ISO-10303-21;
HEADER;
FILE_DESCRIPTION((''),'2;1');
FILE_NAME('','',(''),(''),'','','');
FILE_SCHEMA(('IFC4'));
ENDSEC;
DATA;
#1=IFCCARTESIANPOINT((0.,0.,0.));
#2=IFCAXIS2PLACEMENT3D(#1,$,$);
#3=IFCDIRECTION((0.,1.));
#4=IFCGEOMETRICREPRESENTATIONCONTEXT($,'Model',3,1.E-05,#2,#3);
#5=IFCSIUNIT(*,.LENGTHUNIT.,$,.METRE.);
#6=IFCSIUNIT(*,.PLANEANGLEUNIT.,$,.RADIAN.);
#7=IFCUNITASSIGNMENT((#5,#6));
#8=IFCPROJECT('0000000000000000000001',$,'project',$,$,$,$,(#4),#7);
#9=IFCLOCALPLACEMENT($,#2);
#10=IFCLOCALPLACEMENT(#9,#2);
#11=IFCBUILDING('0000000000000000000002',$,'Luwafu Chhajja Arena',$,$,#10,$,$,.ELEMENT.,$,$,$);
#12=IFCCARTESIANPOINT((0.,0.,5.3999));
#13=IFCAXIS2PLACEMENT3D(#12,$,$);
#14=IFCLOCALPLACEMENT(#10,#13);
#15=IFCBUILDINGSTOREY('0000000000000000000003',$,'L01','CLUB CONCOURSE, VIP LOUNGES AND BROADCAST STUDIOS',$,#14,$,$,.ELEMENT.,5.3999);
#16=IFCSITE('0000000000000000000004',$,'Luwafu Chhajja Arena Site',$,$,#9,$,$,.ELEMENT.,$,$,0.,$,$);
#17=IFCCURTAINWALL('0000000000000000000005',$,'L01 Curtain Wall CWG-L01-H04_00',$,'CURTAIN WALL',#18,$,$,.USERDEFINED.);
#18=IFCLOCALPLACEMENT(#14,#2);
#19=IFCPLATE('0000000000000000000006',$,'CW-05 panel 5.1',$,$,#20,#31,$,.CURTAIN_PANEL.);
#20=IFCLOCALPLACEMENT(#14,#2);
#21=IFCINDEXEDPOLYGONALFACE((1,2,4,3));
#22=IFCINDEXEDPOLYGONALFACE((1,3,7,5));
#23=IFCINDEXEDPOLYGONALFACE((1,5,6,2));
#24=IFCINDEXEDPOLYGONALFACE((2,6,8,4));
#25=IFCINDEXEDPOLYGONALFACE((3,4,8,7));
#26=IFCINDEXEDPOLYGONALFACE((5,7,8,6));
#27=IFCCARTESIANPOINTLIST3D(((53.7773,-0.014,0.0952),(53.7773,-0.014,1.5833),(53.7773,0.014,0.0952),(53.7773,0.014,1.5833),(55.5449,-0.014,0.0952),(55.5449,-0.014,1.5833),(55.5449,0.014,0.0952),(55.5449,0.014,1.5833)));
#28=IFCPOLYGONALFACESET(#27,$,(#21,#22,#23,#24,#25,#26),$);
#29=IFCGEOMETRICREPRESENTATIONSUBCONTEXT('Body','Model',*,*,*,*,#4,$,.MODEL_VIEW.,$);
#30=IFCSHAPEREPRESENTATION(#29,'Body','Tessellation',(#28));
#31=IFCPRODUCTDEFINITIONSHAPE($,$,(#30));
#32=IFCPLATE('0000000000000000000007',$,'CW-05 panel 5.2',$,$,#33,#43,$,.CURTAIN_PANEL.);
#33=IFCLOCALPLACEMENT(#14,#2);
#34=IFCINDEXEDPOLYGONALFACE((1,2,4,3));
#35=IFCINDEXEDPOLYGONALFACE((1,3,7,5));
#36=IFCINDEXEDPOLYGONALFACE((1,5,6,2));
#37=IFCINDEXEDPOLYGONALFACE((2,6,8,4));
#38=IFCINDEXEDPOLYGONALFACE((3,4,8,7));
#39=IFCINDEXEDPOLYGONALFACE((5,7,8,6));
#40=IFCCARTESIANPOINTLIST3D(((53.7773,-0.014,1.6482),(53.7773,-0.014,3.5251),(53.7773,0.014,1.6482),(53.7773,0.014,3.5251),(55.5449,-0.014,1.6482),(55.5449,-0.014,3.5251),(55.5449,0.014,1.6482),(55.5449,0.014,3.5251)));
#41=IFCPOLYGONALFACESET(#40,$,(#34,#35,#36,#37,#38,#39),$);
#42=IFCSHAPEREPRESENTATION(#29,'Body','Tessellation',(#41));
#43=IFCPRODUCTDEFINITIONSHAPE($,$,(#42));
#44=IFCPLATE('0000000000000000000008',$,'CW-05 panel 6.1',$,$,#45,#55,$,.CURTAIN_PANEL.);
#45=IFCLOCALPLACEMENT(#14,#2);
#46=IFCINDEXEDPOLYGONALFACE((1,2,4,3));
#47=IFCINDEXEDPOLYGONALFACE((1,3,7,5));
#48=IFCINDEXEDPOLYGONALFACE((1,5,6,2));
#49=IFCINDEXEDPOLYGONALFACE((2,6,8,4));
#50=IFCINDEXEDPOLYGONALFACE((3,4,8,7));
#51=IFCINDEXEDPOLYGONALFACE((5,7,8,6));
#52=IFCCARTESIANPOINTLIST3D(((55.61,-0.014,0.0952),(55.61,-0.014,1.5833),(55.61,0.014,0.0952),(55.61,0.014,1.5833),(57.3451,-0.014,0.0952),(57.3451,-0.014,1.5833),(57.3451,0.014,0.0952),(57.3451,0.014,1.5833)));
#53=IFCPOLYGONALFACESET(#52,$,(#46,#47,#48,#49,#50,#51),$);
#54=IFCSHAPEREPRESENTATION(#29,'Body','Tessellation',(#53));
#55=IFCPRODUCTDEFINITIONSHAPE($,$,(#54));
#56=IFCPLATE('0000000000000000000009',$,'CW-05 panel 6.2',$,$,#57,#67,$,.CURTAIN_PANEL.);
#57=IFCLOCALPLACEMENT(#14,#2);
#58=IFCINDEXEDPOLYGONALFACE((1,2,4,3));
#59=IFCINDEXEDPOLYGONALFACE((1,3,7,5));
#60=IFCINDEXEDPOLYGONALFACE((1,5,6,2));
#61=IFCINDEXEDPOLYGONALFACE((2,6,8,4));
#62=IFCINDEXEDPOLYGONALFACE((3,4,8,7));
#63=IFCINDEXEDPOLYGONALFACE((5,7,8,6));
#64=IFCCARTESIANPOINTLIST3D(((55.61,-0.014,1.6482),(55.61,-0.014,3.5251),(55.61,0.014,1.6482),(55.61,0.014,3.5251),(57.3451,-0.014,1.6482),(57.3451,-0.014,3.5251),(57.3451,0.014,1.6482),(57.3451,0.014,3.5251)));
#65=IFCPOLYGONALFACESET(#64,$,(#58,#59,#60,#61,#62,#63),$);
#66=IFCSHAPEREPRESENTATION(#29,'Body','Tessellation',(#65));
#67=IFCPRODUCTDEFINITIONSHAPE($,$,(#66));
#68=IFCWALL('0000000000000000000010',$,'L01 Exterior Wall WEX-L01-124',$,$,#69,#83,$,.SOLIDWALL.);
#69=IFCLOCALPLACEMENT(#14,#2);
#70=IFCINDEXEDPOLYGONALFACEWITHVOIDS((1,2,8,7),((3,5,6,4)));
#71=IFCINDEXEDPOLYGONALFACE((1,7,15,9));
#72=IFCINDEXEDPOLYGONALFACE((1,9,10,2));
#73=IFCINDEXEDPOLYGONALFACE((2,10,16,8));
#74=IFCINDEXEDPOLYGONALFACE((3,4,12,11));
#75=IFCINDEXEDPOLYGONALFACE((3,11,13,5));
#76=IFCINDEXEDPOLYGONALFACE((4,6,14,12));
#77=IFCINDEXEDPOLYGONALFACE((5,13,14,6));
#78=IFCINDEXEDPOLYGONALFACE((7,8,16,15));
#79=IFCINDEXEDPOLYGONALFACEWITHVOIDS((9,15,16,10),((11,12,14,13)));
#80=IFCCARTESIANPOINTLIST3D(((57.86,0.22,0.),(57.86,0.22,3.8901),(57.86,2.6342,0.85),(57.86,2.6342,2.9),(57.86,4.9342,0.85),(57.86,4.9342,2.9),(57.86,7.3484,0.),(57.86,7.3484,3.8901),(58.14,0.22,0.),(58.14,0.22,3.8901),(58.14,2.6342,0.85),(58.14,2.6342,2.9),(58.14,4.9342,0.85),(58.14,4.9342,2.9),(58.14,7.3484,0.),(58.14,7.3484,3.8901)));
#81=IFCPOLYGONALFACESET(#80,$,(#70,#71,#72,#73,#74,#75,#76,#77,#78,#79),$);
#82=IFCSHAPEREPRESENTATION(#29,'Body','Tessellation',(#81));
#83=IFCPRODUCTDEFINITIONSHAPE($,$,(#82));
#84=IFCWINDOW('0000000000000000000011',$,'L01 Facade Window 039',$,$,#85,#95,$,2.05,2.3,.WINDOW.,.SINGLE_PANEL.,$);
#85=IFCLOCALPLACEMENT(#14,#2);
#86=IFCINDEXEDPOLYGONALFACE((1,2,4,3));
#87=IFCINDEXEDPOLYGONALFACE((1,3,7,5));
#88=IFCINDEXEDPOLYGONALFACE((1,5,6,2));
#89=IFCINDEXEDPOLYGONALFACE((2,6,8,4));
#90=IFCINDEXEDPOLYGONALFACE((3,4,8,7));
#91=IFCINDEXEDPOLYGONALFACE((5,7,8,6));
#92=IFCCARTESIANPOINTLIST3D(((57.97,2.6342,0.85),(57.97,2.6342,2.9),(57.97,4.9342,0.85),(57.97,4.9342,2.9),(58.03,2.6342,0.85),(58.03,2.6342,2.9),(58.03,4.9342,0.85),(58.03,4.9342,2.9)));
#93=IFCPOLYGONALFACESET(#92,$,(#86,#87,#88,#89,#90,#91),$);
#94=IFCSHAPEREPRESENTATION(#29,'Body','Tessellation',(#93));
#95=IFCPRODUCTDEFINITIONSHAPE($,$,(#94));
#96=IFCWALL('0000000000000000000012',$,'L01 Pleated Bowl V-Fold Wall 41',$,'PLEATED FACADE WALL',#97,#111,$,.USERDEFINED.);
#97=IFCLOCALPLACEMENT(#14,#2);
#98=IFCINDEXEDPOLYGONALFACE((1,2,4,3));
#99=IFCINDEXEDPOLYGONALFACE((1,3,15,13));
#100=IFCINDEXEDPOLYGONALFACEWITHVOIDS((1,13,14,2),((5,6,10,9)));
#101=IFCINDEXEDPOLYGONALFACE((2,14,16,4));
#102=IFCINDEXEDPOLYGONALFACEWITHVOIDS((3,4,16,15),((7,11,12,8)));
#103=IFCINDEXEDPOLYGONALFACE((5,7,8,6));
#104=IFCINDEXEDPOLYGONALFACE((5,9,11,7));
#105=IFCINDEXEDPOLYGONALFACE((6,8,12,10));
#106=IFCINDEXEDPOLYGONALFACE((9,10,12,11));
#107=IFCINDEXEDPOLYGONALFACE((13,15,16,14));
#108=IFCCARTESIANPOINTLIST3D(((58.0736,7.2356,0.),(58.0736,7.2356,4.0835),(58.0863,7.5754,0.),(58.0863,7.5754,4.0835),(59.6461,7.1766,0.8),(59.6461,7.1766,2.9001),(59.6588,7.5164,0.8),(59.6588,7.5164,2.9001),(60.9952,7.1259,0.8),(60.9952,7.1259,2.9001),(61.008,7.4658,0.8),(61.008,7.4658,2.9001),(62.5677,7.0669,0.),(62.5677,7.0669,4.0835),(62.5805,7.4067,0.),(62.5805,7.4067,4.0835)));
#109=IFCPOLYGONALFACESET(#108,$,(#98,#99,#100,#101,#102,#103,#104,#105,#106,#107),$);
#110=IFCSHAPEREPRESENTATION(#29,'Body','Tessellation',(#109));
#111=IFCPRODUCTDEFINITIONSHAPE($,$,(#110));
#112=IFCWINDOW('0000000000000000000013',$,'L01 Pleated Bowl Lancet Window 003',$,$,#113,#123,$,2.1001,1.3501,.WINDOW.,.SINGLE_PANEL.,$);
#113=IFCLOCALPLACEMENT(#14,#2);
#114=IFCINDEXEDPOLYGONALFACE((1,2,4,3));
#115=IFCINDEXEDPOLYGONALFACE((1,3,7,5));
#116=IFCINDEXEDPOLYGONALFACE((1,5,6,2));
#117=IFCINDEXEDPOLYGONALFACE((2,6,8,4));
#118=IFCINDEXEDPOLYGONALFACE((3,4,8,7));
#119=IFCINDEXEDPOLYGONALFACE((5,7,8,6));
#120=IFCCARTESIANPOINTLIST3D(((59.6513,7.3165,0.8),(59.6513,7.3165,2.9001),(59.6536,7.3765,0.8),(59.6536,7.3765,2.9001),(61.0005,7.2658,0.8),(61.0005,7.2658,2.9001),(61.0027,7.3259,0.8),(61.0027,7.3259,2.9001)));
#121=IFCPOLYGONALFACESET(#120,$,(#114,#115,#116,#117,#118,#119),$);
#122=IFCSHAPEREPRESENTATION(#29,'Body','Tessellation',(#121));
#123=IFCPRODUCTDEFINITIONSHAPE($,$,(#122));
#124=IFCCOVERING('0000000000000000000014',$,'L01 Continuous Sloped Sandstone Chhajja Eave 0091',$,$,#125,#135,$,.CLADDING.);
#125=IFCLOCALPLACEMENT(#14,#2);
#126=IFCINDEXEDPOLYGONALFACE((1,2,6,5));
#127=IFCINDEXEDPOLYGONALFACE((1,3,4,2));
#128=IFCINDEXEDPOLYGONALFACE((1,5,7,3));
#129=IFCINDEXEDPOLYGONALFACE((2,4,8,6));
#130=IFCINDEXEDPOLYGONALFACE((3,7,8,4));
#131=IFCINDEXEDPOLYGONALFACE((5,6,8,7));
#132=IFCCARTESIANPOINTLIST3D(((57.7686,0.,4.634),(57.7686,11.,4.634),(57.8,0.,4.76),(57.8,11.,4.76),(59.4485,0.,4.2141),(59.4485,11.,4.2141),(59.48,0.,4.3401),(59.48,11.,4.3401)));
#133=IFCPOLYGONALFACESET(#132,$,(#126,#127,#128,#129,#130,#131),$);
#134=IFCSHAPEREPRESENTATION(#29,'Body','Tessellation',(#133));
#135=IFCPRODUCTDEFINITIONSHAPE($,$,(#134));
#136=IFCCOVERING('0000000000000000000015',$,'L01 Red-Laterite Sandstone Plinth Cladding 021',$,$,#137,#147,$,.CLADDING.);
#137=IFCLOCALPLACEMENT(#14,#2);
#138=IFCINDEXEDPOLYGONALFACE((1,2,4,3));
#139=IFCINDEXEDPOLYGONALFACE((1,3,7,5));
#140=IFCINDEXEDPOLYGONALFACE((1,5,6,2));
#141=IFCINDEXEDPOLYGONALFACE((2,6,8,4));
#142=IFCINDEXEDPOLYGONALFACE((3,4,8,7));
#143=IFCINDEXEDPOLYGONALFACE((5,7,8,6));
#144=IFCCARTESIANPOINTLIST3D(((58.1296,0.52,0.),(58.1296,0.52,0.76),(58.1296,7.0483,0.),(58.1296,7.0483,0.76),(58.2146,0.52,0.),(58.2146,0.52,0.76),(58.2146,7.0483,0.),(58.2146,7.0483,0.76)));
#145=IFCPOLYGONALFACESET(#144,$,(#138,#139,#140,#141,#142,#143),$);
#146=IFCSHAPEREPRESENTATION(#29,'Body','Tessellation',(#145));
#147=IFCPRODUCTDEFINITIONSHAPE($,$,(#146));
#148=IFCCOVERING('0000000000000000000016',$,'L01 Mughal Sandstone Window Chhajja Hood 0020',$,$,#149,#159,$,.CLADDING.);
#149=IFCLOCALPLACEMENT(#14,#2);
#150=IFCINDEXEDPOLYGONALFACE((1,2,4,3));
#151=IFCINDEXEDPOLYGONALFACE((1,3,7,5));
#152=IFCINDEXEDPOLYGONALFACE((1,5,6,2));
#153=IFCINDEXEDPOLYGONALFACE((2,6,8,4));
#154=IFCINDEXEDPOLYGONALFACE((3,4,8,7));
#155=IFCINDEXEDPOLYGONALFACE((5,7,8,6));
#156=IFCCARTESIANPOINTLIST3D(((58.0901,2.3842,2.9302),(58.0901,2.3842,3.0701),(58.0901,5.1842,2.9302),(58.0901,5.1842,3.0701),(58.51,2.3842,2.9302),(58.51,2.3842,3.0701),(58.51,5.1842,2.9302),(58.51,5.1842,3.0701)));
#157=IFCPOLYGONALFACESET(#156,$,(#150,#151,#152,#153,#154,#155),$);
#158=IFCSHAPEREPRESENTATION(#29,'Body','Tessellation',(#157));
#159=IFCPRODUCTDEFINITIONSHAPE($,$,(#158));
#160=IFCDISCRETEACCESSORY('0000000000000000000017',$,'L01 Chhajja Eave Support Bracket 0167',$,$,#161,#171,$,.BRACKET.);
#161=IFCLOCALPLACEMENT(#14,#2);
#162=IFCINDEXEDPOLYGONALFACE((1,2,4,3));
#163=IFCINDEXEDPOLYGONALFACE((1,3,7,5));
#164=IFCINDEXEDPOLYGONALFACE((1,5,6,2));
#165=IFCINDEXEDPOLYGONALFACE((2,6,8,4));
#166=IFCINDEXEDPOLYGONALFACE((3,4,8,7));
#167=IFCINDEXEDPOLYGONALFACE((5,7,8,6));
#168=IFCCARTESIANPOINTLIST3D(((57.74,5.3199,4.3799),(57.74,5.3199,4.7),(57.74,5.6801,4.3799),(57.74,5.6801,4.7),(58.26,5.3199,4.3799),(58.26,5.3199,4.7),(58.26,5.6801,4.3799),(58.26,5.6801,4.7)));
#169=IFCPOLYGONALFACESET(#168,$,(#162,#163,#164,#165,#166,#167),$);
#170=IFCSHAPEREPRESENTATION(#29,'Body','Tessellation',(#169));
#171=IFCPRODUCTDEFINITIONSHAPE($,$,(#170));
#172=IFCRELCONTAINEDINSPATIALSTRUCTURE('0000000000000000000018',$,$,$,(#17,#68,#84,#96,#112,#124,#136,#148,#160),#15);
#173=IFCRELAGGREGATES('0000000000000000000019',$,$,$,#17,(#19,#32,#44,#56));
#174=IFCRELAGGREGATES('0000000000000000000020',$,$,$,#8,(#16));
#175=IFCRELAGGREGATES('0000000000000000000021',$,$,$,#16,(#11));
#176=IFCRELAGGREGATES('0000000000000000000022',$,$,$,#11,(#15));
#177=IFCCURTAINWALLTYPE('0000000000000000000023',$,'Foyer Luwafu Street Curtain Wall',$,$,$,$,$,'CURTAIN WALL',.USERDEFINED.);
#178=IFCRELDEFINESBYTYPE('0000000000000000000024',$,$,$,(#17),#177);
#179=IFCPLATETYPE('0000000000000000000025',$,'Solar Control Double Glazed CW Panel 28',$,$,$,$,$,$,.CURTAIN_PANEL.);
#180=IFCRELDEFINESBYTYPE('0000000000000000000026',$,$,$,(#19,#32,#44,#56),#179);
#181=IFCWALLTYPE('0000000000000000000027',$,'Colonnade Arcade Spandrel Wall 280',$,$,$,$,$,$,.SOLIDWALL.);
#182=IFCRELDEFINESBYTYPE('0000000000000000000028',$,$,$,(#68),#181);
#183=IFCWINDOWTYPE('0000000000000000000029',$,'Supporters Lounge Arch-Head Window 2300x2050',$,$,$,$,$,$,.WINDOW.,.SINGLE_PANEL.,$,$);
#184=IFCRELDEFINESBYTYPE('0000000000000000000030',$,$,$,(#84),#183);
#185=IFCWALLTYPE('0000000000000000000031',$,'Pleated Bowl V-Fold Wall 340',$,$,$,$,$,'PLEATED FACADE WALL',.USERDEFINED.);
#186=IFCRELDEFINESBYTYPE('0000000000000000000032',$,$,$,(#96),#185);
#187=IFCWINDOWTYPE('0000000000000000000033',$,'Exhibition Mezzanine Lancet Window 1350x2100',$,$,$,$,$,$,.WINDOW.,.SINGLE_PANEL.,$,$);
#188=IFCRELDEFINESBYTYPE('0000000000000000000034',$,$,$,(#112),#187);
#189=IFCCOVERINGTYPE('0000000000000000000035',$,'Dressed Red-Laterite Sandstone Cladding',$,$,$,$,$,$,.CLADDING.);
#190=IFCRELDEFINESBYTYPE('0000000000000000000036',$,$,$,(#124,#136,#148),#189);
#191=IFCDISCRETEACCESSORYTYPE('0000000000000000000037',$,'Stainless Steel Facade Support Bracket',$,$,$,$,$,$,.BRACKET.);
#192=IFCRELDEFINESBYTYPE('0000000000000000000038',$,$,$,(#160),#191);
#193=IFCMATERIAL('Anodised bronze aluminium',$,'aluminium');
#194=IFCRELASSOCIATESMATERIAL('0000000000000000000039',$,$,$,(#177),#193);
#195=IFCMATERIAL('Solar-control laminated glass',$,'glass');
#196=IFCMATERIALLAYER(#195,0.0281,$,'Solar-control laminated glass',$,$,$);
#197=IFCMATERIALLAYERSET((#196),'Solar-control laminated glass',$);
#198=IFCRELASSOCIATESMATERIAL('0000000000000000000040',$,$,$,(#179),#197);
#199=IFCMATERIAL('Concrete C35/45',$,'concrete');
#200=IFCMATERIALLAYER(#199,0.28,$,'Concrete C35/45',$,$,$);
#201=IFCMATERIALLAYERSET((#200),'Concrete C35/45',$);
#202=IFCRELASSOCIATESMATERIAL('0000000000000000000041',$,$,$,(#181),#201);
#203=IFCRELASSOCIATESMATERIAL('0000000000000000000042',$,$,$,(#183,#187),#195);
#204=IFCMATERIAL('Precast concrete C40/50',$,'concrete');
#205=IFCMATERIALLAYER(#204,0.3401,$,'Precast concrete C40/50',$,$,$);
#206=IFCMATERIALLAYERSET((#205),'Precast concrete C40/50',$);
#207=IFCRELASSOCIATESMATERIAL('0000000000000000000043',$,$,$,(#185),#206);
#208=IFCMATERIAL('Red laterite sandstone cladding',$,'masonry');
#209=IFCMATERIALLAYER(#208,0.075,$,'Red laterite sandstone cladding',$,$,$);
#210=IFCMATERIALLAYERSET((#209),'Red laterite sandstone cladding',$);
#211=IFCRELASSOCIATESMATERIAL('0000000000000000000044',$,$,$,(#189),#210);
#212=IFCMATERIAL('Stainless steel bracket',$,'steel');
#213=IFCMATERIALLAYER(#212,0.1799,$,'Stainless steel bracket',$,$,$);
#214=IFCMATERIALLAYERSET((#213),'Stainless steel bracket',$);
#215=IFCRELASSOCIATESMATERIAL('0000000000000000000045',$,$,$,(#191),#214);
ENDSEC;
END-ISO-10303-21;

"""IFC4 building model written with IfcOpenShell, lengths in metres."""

from ifc_helpers import new_model, si_unit, direction, frame, frame_2d, origin, origin_2d, place, context, subcontext, project, spatial, polyline, rectangle, outline, extrude, material, layer, layer_set, type_object, element, fill, aggregate, save


model = new_model("IFC4")

# Units and contexts
model_context = context("Model", 3, precision=1e-05, world=origin(), true_north=direction((0.0, 1.0)))
body_context = subcontext(model_context, "Body", "Model", "MODEL_VIEW")
ifc_project = project(units=[si_unit("LENGTHUNIT", "METRE"), si_unit("PLANEANGLEUNIT", "RADIAN")], contexts=[model_context])

# Site, building, storey
site_placement = place(None, origin())
site = spatial("IfcSite", under=ifc_project, at=site_placement, Name="Luwafu Chhajja Arena Site", CompositionType="ELEMENT", RefElevation=0.0)
building_placement = place(site_placement, origin())
building = spatial("IfcBuilding", under=site, at=building_placement, Name="Luwafu Chhajja Arena", CompositionType="ELEMENT")
storey_placement = place(building_placement, frame((0.0, 0.0, 5.3999)))
storey = spatial("IfcBuildingStorey", under=building, at=storey_placement, Name="L01", Description="CLUB CONCOURSE, VIP LOUNGES AND BROADCAST STUDIOS", CompositionType="ELEMENT", Elevation=5.3999)

# Shared definitions
ifc_material_1 = material(Name="Concrete C35/45", Category="concrete")

# Curtain wall
ifc_material_2 = material(Name="Anodised bronze aluminium", Category="aluminium")
curtain_wall_type = type_object("IfcCurtainWallType", Name="Foyer Luwafu Street Curtain Wall", ElementType="CURTAIN WALL", PredefinedType="USERDEFINED", material=ifc_material_2)
curtain_wall_placement = place(storey_placement, origin())
curtain_wall = element("IfcCurtainWall", 1, at=curtain_wall_placement, inside=storey, type_object=curtain_wall_type, Name="L01 Curtain Wall CWG-L01-H04_00", ObjectType="CURTAIN WALL", PredefinedType="USERDEFINED")

# Plates
ifc_material_3 = material(Name="Solar-control laminated glass", Category="glass")
ifc_layer_1 = layer(ifc_material_3, 0.0281, Name="Solar-control laminated glass")
ifc_layer_set_1 = layer_set([ifc_layer_1], Name="Solar-control laminated glass")
plate_type = type_object("IfcPlateType", Name="Solar Control Double Glazed CW Panel 28", PredefinedType="CURTAIN_PANEL", material=ifc_layer_set_1)
plate_1_placement = place(storey_placement, frame((54.6611, 0.0, 0.0952), z_axis=(0.0, 0.0, 1.0), x_axis=(1.0, 0.0, 0.0)))
plate_1 = element("IfcPlate", 2, at=plate_1_placement, type_object=plate_type, Name="CW-05 panel 5.1", PredefinedType="CURTAIN_PANEL", context=body_context, shape_type="SweptSolid", body=[
    extrude(rectangle(XDim=1.7676, YDim=0.0281, at=origin_2d()), origin(), (0.0, 0.0, 1.0), 1.488),
])
plate_2_placement = place(storey_placement, frame((54.6611, 0.0, 1.6482), z_axis=(0.0, 0.0, 1.0), x_axis=(1.0, 0.0, 0.0)))
plate_2 = element("IfcPlate", 3, at=plate_2_placement, type_object=plate_type, Name="CW-05 panel 5.2", PredefinedType="CURTAIN_PANEL", context=body_context, shape_type="SweptSolid", body=[
    extrude(rectangle(XDim=1.7676, YDim=0.0281, at=origin_2d()), origin(), (0.0, 0.0, 1.0), 1.877),
])
plate_3_placement = place(storey_placement, frame((56.4775, 0.0, 0.0952), z_axis=(0.0, 0.0, 1.0), x_axis=(1.0, 0.0, 0.0)))
plate_3 = element("IfcPlate", 4, at=plate_3_placement, type_object=plate_type, Name="CW-05 panel 6.1", PredefinedType="CURTAIN_PANEL", context=body_context, shape_type="SweptSolid", body=[
    extrude(rectangle(XDim=1.7351, YDim=0.0281, at=origin_2d()), origin(), (0.0, 0.0, 1.0), 1.488),
])
plate_4_placement = place(storey_placement, frame((56.4775, 0.0, 1.6482), z_axis=(0.0, 0.0, 1.0), x_axis=(1.0, 0.0, 0.0)))
plate_4 = element("IfcPlate", 5, at=plate_4_placement, type_object=plate_type, Name="CW-05 panel 6.2", PredefinedType="CURTAIN_PANEL", context=body_context, shape_type="SweptSolid", body=[
    extrude(rectangle(XDim=1.7351, YDim=0.0281, at=origin_2d()), origin(), (0.0, 0.0, 1.0), 1.877),
])
aggregate(curtain_wall, [plate_1, plate_2, plate_3, plate_4])

# Walls, openings, windows
ifc_layer_2 = layer(ifc_material_1, 0.28, Name="Concrete C35/45")
ifc_layer_set_2 = layer_set([ifc_layer_2], Name="Concrete C35/45")
wall_type_1 = type_object("IfcWallType", Name="Colonnade Arcade Spandrel Wall 280", PredefinedType="SOLIDWALL", material=ifc_layer_set_2)
wall_1_placement = place(storey_placement, frame((58.0, 0.22, 0.0), z_axis=(0.0, 0.0, 1.0), x_axis=(0.0, 1.0, 0.0)))
wall_1 = element("IfcWall", 6, at=wall_1_placement, inside=storey, type_object=wall_type_1, Name="L01 Exterior Wall WEX-L01-124", PredefinedType="SOLIDWALL", context=body_context, shape_type="SweptSolid", body=[
    extrude(rectangle(XDim=7.1284, YDim=0.28, at=frame_2d((3.5642, 0.0))), origin(), (0.0, 0.0, 1.0), 3.8901),
])
opening_1_placement = place(wall_1_placement, frame((2.4143, 0.0, 0.8501)))
opening_1 = element("IfcOpeningElement", 7, at=opening_1_placement, cuts=wall_1, PredefinedType="OPENING", context=body_context, shape_type="SweptSolid", body=[
    extrude(rectangle(XDim=2.3, YDim=2.05, at=frame_2d((1.1499, 1.0249))), frame((0.0, 0.1499, 0.0), z_axis=(0.0, -1.0, 0.0), x_axis=(1.0, 0.0, 0.0)), (0.0, 0.0, 1.0), 0.3),
])
window_type_1 = type_object("IfcWindowType", Name="Supporters Lounge Arch-Head Window 2300x2050", PartitioningType="SINGLE_PANEL", PredefinedType="WINDOW", material=ifc_material_3)
window_1_placement = place(opening_1_placement, origin())
window_1 = element("IfcWindow", 8, at=window_1_placement, inside=storey, type_object=window_type_1, Name="L01 Facade Window 039", OverallHeight=2.05, OverallWidth=2.3, PartitioningType="SINGLE_PANEL", PredefinedType="WINDOW", context=body_context, shape_type="SweptSolid", body=[
    extrude(rectangle(XDim=2.3, YDim=2.05, at=frame_2d((1.1499, 1.0249))), frame((0.0, 0.03, 0.0), z_axis=(0.0, -1.0, 0.0), x_axis=(1.0, 0.0, 0.0)), (0.0, 0.0, 1.0), 0.0601),
])
fill(opening_1, window_1)
ifc_material_4 = material(Name="Precast concrete C40/50", Category="concrete")
ifc_layer_3 = layer(ifc_material_4, 0.3401, Name="Precast concrete C40/50")
ifc_layer_set_3 = layer_set([ifc_layer_3], Name="Precast concrete C40/50")
wall_type_2 = type_object("IfcWallType", Name="Pleated Bowl V-Fold Wall 340", ElementType="PLEATED FACADE WALL", PredefinedType="USERDEFINED", material=ifc_layer_set_3)
wall_2_placement = place(storey_placement, frame((58.0801, 7.4055, 0.0), z_axis=(0.0, 0.0, 1.0), x_axis=(0.999296, -0.037512, 0.0)))
wall_2 = element("IfcWall", 9, at=wall_2_placement, inside=storey, type_object=wall_type_2, Name="L01 Pleated Bowl V-Fold Wall 41", ObjectType="PLEATED FACADE WALL", PredefinedType="USERDEFINED", context=body_context, shape_type="SweptSolid", body=[
    extrude(rectangle(XDim=4.4973, YDim=0.3401, at=frame_2d((2.2485, 0.0))), origin(), (0.0, 0.0, 1.0), 4.0835),
])
opening_2_placement = place(wall_2_placement, frame((1.5735, 0.0, 0.8)))
opening_2 = element("IfcOpeningElement", 10, at=opening_2_placement, cuts=wall_2, PredefinedType="OPENING", context=body_context, shape_type="SweptSolid", body=[
    extrude(rectangle(XDim=1.3501, YDim=2.1001, at=frame_2d((0.675, 1.05))), frame((0.0, 0.1799, 0.0), z_axis=(0.0, -1.0, 0.0), x_axis=(1.0, 0.0, 0.0)), (0.0, 0.0, 1.0), 0.3601),
])
window_type_2 = type_object("IfcWindowType", Name="Exhibition Mezzanine Lancet Window 1350x2100", PartitioningType="SINGLE_PANEL", PredefinedType="WINDOW", material=ifc_material_3)
window_2_placement = place(opening_2_placement, origin())
window_2 = element("IfcWindow", 11, at=window_2_placement, inside=storey, type_object=window_type_2, Name="L01 Pleated Bowl Lancet Window 003", OverallHeight=2.1001, OverallWidth=1.3501, PartitioningType="SINGLE_PANEL", PredefinedType="WINDOW", context=body_context, shape_type="SweptSolid", body=[
    extrude(rectangle(XDim=1.3501, YDim=2.1001, at=frame_2d((0.675, 1.05))), frame((0.0, 0.03, 0.0), z_axis=(0.0, -1.0, 0.0), x_axis=(1.0, 0.0, 0.0)), (0.0, 0.0, 1.0), 0.0601),
])
fill(opening_2, window_2)

# Coverings
ifc_material_5 = material(Name="Red laterite sandstone cladding", Category="masonry")
ifc_layer_4 = layer(ifc_material_5, 0.075, Name="Red laterite sandstone cladding")
ifc_layer_set_4 = layer_set([ifc_layer_4], Name="Red laterite sandstone cladding")
covering_type = type_object("IfcCoveringType", Name="Dressed Red-Laterite Sandstone Cladding", PredefinedType="CLADDING", material=ifc_layer_set_4)
covering_1_placement = place(storey_placement, frame((57.8, 0.0, 4.76), z_axis=(0.242502, 0.0, 0.970151), x_axis=(0.0, 1.0, 0.0)))
element("IfcCovering", 12, at=covering_1_placement, inside=storey, type_object=covering_type, Name="L01 Continuous Sloped Sandstone Chhajja Eave 0091", PredefinedType="CLADDING", context=body_context, shape_type="SweptSolid", body=[
    extrude(outline(polyline([(0.0, 0.0), (11.0, 0.0), (11.0, -1.7316), (0.0, -1.7316), (0.0, 0.0)])), origin(), (0.0, 0.0, -1.0), 0.1299),
])
covering_2_placement = place(storey_placement, frame((58.1721, 3.7842, 0.0), z_axis=(0.0, 0.0, 1.0), x_axis=(0.0, 1.0, 0.0)))
element("IfcCovering", 13, at=covering_2_placement, inside=storey, type_object=covering_type, Name="L01 Red-Laterite Sandstone Plinth Cladding 021", PredefinedType="CLADDING", context=body_context, shape_type="SweptSolid", body=[
    extrude(rectangle(XDim=6.5283, YDim=0.085, at=origin_2d()), origin(), (0.0, 0.0, 1.0), 0.76),
])
covering_3_placement = place(storey_placement, frame((58.3, 3.7842, 2.9302), z_axis=(0.0, 0.0, 1.0), x_axis=(0.0, 1.0, 0.0)))
element("IfcCovering", 14, at=covering_3_placement, inside=storey, type_object=covering_type, Name="L01 Mughal Sandstone Window Chhajja Hood 0020", PredefinedType="CLADDING", context=body_context, shape_type="SweptSolid", body=[
    extrude(rectangle(XDim=2.8, YDim=0.4199, at=origin_2d()), origin(), (0.0, 0.0, 1.0), 0.1399),
])

# Discrete accessory
ifc_material_6 = material(Name="Stainless steel bracket", Category="steel")
ifc_layer_5 = layer(ifc_material_6, 0.1799, Name="Stainless steel bracket")
ifc_layer_set_5 = layer_set([ifc_layer_5], Name="Stainless steel bracket")
discrete_accessory_type = type_object("IfcDiscreteAccessoryType", Name="Stainless Steel Facade Support Bracket", PredefinedType="BRACKET", material=ifc_layer_set_5)
discrete_accessory_placement = place(storey_placement, frame((58.0, 5.5, 4.3799), z_axis=(0.0, 0.0, 1.0), x_axis=(0.0, 1.0, 0.0)))
element("IfcDiscreteAccessory", 15, at=discrete_accessory_placement, inside=storey, type_object=discrete_accessory_type, Name="L01 Chhajja Eave Support Bracket 0167", PredefinedType="BRACKET", context=body_context, shape_type="SweptSolid", body=[
    extrude(rectangle(XDim=0.3601, YDim=0.52, at=origin_2d()), origin(), (0.0, 0.0, 1.0), 0.3201),
])

save(model, "model.ifc")
